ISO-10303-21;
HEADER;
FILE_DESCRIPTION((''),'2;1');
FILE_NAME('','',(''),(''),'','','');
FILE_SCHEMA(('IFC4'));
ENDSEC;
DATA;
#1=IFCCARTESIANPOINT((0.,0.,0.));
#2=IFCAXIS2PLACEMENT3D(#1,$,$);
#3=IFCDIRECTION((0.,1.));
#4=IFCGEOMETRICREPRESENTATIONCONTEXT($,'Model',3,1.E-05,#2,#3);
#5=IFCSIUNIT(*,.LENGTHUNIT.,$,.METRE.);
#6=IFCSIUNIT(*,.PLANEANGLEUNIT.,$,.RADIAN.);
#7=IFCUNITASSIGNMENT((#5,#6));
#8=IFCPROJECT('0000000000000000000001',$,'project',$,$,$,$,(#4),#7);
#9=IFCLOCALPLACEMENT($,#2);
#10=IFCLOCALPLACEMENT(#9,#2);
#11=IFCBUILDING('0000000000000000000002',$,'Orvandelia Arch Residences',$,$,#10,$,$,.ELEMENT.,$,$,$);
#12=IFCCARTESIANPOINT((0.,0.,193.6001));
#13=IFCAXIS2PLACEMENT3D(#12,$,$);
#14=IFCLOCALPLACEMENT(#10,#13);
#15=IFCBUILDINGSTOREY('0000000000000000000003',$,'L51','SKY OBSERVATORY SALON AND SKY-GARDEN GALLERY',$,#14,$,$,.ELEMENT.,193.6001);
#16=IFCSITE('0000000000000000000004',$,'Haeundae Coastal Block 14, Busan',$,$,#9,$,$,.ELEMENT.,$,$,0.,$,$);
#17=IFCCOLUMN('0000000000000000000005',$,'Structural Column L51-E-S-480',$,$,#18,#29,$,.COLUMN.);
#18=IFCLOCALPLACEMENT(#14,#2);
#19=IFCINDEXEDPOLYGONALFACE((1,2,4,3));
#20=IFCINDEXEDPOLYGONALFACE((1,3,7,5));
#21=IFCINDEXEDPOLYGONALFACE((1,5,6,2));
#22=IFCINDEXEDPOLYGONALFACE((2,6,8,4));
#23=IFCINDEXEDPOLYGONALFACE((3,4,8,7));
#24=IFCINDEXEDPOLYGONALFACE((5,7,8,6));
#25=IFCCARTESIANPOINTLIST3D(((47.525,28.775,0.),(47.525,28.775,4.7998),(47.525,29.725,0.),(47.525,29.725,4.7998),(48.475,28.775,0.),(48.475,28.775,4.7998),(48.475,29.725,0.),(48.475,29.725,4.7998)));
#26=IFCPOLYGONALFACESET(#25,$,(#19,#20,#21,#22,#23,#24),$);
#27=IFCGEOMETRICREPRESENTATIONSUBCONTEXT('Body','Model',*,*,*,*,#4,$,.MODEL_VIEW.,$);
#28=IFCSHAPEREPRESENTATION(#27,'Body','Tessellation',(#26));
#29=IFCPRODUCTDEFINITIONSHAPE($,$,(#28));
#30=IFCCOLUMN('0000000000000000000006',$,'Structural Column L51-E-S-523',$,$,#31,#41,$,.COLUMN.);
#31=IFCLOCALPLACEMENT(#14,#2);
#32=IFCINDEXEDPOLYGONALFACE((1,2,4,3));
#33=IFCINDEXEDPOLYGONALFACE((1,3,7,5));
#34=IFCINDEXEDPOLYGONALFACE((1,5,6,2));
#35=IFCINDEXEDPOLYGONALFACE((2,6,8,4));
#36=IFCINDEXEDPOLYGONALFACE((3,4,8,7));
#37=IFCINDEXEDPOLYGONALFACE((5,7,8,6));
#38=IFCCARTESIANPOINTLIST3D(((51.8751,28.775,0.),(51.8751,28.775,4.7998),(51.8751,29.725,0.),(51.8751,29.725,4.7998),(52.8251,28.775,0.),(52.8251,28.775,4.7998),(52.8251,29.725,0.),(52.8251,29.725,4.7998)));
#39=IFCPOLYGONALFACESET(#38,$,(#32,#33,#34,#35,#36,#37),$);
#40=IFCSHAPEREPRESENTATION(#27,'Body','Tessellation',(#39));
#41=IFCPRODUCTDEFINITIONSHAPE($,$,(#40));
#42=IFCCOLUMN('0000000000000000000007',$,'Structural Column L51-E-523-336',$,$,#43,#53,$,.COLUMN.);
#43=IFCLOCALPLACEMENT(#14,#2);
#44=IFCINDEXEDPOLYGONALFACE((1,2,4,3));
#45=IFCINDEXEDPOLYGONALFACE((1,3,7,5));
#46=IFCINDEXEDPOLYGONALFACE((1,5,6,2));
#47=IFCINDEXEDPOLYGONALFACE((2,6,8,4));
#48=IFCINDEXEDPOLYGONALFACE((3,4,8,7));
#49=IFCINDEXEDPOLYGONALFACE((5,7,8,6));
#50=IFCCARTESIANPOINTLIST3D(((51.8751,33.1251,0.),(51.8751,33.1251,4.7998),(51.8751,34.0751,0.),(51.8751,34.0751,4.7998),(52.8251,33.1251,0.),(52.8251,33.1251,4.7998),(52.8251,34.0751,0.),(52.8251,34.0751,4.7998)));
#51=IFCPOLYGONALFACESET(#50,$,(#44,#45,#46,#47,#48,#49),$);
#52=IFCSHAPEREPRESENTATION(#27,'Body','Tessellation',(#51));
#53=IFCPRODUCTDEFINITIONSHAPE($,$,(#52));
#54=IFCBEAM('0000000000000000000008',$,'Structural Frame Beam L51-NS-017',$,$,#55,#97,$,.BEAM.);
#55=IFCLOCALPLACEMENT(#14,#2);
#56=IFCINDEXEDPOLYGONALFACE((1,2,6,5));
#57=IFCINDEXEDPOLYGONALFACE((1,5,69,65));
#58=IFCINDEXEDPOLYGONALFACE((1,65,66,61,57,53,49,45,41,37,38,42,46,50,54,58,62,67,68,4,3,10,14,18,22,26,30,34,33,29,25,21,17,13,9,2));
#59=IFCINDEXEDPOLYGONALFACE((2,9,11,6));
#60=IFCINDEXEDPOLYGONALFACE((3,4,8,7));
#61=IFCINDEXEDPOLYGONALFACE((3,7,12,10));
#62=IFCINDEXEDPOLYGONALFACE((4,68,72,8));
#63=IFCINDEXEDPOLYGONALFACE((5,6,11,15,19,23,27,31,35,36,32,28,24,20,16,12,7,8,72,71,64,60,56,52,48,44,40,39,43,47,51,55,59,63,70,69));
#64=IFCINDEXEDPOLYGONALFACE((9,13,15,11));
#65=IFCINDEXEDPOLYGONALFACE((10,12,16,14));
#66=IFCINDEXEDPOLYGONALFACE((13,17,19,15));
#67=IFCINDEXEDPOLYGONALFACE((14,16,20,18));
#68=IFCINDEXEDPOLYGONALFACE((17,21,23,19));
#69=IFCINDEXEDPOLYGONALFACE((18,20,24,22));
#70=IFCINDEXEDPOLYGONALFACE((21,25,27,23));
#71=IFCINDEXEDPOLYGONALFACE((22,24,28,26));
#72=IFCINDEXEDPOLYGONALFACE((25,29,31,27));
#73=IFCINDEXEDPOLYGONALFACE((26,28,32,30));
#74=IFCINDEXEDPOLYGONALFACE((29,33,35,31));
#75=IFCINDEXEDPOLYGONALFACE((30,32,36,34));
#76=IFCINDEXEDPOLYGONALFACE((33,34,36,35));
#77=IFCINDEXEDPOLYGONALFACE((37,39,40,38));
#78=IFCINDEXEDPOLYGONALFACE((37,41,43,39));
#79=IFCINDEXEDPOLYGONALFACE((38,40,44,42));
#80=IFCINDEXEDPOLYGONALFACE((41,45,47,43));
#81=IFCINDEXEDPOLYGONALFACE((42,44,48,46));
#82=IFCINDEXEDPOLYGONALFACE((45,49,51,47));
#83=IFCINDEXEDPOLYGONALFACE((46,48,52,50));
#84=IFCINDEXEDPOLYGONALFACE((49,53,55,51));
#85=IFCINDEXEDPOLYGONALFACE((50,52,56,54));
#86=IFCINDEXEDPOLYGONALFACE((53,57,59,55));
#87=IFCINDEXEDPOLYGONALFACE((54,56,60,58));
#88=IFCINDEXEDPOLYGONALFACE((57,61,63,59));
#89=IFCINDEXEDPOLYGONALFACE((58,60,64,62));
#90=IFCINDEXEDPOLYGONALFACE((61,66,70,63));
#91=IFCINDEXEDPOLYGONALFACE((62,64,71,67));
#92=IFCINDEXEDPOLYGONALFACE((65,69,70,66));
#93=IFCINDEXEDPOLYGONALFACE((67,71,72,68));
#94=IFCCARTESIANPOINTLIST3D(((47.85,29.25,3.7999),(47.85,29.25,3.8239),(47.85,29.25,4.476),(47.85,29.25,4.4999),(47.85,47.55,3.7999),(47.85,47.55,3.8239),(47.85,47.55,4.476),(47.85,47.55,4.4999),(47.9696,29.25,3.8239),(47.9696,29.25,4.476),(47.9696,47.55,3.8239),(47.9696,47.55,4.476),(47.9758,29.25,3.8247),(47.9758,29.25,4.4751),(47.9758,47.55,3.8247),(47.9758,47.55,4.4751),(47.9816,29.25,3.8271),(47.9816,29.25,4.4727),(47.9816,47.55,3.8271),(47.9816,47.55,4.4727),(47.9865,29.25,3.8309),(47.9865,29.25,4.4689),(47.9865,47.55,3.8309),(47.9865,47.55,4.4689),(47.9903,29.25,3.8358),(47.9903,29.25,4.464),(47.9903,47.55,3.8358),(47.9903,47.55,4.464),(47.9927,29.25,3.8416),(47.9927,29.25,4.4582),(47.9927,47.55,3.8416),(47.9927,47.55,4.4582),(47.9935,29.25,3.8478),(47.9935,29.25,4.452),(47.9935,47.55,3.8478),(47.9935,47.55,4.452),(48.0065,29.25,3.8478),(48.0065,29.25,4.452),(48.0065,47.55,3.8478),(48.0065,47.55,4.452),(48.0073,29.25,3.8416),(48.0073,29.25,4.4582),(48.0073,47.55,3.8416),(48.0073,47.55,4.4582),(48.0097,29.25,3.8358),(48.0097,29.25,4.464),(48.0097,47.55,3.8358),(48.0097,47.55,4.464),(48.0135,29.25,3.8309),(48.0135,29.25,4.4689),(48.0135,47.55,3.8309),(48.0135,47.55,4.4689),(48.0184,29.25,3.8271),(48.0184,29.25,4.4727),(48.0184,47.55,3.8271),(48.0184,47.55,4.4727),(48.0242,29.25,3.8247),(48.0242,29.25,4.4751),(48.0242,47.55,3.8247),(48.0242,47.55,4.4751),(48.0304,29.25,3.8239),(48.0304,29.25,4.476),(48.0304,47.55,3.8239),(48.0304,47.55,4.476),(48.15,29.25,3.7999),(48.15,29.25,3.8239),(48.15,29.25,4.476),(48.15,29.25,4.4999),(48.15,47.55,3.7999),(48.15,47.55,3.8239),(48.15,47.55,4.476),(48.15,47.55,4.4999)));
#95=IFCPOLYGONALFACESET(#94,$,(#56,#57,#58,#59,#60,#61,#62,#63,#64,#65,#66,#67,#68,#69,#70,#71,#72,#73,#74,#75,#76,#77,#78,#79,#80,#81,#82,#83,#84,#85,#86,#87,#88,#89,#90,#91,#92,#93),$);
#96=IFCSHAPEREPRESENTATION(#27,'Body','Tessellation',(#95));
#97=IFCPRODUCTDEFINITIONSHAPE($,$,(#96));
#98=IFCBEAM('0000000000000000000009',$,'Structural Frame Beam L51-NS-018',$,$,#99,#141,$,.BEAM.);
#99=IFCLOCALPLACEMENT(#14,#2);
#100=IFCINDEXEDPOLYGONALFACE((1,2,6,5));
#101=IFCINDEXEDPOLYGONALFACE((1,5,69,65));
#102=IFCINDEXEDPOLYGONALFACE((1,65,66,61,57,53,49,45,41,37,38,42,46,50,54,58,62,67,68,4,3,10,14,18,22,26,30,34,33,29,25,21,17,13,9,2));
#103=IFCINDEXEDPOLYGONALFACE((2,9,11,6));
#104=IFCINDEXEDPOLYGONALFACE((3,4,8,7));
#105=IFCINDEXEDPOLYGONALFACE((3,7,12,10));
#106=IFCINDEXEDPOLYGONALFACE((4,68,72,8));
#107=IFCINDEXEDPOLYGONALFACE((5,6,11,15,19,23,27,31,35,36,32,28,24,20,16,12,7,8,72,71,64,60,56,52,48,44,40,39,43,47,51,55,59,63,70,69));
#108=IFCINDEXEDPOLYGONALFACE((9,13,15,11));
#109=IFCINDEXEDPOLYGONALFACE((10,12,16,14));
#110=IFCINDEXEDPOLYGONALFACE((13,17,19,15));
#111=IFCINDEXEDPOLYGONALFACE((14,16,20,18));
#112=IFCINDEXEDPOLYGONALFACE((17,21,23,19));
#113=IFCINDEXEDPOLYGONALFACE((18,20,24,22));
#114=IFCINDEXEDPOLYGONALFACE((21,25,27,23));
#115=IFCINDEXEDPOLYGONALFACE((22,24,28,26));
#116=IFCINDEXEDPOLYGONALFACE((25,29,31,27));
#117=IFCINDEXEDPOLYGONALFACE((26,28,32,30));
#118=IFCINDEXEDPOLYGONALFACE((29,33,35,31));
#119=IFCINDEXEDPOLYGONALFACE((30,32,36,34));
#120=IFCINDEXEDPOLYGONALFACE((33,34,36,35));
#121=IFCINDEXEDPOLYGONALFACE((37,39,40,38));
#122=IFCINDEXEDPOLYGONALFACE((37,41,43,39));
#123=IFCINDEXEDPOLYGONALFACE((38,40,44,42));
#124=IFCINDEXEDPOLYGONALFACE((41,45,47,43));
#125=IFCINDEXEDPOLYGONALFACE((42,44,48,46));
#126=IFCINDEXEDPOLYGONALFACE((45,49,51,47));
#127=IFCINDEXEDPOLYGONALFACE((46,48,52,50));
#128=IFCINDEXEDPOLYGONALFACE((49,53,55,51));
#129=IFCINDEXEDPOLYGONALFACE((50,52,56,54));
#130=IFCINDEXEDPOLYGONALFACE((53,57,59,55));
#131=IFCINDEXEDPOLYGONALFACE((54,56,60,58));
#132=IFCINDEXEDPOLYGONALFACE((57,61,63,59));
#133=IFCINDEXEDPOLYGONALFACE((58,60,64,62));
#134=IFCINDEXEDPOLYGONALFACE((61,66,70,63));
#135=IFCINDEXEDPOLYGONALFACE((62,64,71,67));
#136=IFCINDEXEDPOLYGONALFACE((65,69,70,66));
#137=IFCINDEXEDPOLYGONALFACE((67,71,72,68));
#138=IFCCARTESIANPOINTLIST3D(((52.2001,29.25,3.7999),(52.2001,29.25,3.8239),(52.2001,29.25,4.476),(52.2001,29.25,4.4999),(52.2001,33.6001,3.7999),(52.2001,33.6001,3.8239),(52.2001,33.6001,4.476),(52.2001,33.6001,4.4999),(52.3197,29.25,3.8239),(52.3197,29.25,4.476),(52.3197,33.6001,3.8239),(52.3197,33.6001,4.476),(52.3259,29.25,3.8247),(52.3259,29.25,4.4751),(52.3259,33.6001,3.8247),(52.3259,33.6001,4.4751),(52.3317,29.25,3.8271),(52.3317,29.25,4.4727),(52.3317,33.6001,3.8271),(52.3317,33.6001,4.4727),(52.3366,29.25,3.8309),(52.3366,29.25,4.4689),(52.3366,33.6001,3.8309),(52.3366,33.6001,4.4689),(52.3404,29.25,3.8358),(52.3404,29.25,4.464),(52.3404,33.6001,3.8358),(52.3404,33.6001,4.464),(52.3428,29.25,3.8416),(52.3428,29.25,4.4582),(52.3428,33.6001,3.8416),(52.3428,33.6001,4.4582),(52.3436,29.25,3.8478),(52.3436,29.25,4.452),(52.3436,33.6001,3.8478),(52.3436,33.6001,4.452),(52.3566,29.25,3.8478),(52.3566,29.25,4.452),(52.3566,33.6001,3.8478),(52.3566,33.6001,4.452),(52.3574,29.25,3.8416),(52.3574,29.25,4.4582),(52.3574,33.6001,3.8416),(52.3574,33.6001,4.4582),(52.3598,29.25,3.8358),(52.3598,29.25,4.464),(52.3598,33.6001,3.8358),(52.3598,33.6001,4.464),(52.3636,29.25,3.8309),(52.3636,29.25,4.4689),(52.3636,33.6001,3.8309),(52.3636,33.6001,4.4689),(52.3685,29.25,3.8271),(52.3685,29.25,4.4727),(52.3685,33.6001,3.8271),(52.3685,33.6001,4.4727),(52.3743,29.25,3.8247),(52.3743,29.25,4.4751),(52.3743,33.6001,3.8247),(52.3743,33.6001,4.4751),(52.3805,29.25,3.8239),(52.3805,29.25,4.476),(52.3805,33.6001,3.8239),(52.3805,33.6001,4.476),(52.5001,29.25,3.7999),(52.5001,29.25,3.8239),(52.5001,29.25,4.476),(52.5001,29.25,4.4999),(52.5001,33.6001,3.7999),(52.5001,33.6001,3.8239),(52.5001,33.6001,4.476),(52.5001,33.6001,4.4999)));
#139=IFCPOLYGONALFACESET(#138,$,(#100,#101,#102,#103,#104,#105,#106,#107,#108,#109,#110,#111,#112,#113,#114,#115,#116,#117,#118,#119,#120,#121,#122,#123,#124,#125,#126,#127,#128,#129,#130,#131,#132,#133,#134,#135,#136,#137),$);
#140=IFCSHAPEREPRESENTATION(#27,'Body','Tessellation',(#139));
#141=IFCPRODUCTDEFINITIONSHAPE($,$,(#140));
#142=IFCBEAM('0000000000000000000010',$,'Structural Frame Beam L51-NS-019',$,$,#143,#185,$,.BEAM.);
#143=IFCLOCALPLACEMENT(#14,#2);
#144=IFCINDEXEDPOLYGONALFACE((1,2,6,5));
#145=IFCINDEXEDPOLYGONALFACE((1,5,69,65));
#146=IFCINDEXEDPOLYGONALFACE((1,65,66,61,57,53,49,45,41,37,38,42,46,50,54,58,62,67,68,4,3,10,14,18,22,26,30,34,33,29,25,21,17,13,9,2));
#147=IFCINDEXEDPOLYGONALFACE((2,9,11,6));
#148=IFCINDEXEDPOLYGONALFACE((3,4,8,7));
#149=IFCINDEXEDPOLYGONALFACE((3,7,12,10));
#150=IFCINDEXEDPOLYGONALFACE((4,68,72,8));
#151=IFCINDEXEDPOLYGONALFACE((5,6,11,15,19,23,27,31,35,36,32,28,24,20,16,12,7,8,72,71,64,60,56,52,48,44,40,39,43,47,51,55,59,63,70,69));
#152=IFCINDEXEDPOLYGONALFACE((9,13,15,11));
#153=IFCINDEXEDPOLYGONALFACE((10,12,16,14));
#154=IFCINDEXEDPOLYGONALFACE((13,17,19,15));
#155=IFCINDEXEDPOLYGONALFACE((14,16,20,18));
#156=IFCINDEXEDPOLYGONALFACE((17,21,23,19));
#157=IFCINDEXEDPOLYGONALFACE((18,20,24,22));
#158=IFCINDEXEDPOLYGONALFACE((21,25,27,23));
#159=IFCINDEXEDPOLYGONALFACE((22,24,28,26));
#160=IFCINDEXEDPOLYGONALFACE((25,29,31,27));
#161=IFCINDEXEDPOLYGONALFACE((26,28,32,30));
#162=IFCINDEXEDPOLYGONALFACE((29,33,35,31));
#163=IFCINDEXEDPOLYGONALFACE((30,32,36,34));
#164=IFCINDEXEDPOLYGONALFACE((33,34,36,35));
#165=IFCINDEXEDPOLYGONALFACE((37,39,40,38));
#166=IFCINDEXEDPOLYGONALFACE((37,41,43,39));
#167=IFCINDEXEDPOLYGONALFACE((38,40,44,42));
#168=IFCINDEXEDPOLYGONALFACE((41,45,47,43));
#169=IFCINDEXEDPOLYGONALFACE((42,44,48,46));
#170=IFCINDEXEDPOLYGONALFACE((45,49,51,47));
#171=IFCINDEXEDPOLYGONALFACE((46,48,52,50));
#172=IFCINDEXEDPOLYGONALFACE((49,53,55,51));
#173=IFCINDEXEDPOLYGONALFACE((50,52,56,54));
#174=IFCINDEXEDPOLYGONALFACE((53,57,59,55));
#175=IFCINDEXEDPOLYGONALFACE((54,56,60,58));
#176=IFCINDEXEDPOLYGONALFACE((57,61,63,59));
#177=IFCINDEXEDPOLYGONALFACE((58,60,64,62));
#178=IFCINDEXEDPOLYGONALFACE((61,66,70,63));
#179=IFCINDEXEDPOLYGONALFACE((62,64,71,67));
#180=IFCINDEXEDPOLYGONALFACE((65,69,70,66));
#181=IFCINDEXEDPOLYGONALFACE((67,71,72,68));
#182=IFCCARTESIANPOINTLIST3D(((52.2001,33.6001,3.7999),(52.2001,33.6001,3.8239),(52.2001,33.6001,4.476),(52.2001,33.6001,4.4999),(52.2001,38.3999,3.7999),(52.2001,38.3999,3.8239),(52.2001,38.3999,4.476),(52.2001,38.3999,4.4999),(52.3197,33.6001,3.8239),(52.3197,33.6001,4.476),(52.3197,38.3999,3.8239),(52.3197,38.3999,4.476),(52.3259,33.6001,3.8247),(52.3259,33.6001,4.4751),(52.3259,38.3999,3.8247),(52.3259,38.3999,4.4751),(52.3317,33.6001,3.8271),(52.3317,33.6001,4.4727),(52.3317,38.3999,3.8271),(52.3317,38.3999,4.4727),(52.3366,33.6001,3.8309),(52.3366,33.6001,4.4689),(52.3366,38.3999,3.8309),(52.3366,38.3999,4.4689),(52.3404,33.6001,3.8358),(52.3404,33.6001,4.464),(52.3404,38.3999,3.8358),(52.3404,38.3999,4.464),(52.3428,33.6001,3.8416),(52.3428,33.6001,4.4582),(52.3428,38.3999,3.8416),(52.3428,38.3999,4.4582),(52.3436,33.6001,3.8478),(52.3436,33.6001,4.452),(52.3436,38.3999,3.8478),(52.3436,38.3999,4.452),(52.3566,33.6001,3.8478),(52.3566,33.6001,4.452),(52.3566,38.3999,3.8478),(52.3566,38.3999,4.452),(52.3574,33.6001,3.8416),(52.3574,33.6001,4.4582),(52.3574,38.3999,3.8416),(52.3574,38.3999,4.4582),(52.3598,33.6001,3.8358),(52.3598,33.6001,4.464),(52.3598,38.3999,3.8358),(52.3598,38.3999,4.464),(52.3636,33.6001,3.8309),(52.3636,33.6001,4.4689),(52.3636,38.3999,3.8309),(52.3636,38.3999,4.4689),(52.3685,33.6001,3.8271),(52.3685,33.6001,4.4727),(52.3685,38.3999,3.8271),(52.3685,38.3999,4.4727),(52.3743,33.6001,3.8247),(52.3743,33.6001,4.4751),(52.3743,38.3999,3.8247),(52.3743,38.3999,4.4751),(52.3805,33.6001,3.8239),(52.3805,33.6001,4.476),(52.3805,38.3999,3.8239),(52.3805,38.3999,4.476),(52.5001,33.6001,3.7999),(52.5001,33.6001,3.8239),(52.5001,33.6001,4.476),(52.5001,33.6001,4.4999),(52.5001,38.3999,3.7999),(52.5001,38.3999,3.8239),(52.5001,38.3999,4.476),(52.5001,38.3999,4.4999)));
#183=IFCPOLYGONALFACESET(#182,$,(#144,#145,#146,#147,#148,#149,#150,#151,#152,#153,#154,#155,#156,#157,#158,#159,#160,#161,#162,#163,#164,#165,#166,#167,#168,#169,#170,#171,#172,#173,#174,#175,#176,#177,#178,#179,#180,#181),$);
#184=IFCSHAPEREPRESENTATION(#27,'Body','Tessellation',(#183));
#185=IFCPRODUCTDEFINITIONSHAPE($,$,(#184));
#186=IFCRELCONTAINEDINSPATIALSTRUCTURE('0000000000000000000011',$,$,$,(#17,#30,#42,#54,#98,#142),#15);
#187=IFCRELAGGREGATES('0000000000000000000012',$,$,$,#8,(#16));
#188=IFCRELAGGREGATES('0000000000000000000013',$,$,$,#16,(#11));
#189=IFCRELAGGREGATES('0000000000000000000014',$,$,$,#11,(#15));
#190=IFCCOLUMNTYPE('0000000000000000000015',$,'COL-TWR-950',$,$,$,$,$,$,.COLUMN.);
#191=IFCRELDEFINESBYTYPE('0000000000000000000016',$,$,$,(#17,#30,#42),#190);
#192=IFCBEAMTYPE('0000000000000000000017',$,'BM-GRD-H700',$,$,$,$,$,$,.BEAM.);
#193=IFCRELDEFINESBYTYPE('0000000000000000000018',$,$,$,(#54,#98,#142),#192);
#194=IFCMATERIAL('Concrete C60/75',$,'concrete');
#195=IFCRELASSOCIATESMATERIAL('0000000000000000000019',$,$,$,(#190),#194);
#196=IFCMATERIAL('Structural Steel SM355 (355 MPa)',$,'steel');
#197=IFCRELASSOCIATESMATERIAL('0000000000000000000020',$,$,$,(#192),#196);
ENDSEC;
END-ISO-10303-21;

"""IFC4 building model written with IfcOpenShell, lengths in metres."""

from ifc_helpers import new_model, si_unit, direction, frame, origin, origin_2d, place, context, subcontext, project, spatial, rectangle, i_section, extrude, material, material_profile, profile_set, type_object, element, save


model = new_model("IFC4")

# Units and contexts
model_context = context("Model", 3, precision=1e-05, world=origin(), true_north=direction((0.0, 1.0)))
body_context = subcontext(model_context, "Body", "Model", "MODEL_VIEW")
ifc_project = project(units=[si_unit("LENGTHUNIT", "METRE"), si_unit("PLANEANGLEUNIT", "RADIAN")], contexts=[model_context])

# Site, building, storey
site_placement = place(None, origin())
site = spatial("IfcSite", under=ifc_project, at=site_placement, Name="Haeundae Coastal Block 14, Busan", CompositionType="ELEMENT", RefElevation=0.0)
building_placement = place(site_placement, origin())
building = spatial("IfcBuilding", under=site, at=building_placement, Name="Orvandelia Arch Residences", CompositionType="ELEMENT")
storey_placement = place(building_placement, frame((0.0, 0.0, 193.6001)))
storey = spatial("IfcBuildingStorey", under=building, at=storey_placement, Name="L51", Description="SKY OBSERVATORY SALON AND SKY-GARDEN GALLERY", CompositionType="ELEMENT", Elevation=193.6001)

# Columns
ifc_material_1 = material(Name="Concrete C60/75", Category="concrete")
ifc_material_profile_1 = material_profile(ifc_material_1, rectangle(XDim=0.95, YDim=0.95, at=origin_2d()), Name="Concrete C60/75", Category="concrete")
ifc_profile_set_1 = profile_set([ifc_material_profile_1], Name="Concrete C60/75")
column_type = type_object("IfcColumnType", Name="COL-TWR-950", PredefinedType="COLUMN", material=ifc_profile_set_1)
for number, where, z_axis, x_axis, name in (
    (1, (48.0, 29.25, 0.0), (0.0, 0.0, 1.0), (1.0, 0.0, 0.0), "Structural Column L51-E-S-480"),
    (2, (52.3501, 29.25, 0.0), (0.0, 0.0, 1.0), (1.0, 0.0, 0.0), "Structural Column L51-E-S-523"),
    (3, (52.3501, 33.6001, 0.0), (0.0, 0.0, 1.0), (1.0, 0.0, 0.0), "Structural Column L51-E-523-336"),
):
    element("IfcColumn", number, at=place(storey_placement, frame(where, z_axis=z_axis, x_axis=x_axis)), inside=storey, type_object=column_type, Name=name, PredefinedType="COLUMN", context=body_context, shape_type="SweptSolid", body=[
        extrude(rectangle(XDim=0.95, YDim=0.95, at=origin_2d()), origin(), (0.0, 0.0, 1.0), 4.7998),
    ])

# Beams
ifc_material_2 = material(Name="Structural Steel SM355 (355 MPa)", Category="steel")
ifc_material_profile_2 = material_profile(ifc_material_2, i_section(OverallWidth=0.3, OverallDepth=0.7, WebThickness=0.0129, FlangeThickness=0.0239, FilletRadius=0.0239, at=origin_2d()), Name="Structural Steel SM355 (355 MPa)", Category="steel")
ifc_profile_set_2 = profile_set([ifc_material_profile_2], Name="Structural Steel SM355 (355 MPa)")
beam_type = type_object("IfcBeamType", Name="BM-GRD-H700", PredefinedType="BEAM", material=ifc_profile_set_2)
beam_1_placement = place(storey_placement, frame((48.0, 29.25, 4.1499), z_axis=(0.0, 1.0, 0.0), x_axis=(-1.0, 0.0, 0.0)))
element("IfcBeam", 4, at=beam_1_placement, inside=storey, type_object=beam_type, Name="Structural Frame Beam L51-NS-017", PredefinedType="BEAM", context=body_context, shape_type="SweptSolid", body=[
    extrude(i_section(OverallWidth=0.3, OverallDepth=0.7, WebThickness=0.0129, FlangeThickness=0.0239, FilletRadius=0.0239, at=origin_2d()), origin(), (0.0, 0.0, 1.0), 18.3),
])
beam_2_placement = place(storey_placement, frame((52.3501, 29.25, 4.1499), z_axis=(0.0, 1.0, 0.0), x_axis=(-1.0, 0.0, 0.0)))
element("IfcBeam", 5, at=beam_2_placement, inside=storey, type_object=beam_type, Name="Structural Frame Beam L51-NS-018", PredefinedType="BEAM", context=body_context, shape_type="SweptSolid", body=[
    extrude(i_section(OverallWidth=0.3, OverallDepth=0.7, WebThickness=0.0129, FlangeThickness=0.0239, FilletRadius=0.0239, at=origin_2d()), origin(), (0.0, 0.0, 1.0), 4.3501),
])
beam_3_placement = place(storey_placement, frame((52.3501, 33.6001, 4.1499), z_axis=(0.0, 1.0, 0.0), x_axis=(-1.0, 0.0, 0.0)))
element("IfcBeam", 6, at=beam_3_placement, inside=storey, type_object=beam_type, Name="Structural Frame Beam L51-NS-019", PredefinedType="BEAM", context=body_context, shape_type="SweptSolid", body=[
    extrude(i_section(OverallWidth=0.3, OverallDepth=0.7, WebThickness=0.0129, FlangeThickness=0.0239, FilletRadius=0.0239, at=origin_2d()), origin(), (0.0, 0.0, 1.0), 4.7998),
])

save(model, "model.ifc")
